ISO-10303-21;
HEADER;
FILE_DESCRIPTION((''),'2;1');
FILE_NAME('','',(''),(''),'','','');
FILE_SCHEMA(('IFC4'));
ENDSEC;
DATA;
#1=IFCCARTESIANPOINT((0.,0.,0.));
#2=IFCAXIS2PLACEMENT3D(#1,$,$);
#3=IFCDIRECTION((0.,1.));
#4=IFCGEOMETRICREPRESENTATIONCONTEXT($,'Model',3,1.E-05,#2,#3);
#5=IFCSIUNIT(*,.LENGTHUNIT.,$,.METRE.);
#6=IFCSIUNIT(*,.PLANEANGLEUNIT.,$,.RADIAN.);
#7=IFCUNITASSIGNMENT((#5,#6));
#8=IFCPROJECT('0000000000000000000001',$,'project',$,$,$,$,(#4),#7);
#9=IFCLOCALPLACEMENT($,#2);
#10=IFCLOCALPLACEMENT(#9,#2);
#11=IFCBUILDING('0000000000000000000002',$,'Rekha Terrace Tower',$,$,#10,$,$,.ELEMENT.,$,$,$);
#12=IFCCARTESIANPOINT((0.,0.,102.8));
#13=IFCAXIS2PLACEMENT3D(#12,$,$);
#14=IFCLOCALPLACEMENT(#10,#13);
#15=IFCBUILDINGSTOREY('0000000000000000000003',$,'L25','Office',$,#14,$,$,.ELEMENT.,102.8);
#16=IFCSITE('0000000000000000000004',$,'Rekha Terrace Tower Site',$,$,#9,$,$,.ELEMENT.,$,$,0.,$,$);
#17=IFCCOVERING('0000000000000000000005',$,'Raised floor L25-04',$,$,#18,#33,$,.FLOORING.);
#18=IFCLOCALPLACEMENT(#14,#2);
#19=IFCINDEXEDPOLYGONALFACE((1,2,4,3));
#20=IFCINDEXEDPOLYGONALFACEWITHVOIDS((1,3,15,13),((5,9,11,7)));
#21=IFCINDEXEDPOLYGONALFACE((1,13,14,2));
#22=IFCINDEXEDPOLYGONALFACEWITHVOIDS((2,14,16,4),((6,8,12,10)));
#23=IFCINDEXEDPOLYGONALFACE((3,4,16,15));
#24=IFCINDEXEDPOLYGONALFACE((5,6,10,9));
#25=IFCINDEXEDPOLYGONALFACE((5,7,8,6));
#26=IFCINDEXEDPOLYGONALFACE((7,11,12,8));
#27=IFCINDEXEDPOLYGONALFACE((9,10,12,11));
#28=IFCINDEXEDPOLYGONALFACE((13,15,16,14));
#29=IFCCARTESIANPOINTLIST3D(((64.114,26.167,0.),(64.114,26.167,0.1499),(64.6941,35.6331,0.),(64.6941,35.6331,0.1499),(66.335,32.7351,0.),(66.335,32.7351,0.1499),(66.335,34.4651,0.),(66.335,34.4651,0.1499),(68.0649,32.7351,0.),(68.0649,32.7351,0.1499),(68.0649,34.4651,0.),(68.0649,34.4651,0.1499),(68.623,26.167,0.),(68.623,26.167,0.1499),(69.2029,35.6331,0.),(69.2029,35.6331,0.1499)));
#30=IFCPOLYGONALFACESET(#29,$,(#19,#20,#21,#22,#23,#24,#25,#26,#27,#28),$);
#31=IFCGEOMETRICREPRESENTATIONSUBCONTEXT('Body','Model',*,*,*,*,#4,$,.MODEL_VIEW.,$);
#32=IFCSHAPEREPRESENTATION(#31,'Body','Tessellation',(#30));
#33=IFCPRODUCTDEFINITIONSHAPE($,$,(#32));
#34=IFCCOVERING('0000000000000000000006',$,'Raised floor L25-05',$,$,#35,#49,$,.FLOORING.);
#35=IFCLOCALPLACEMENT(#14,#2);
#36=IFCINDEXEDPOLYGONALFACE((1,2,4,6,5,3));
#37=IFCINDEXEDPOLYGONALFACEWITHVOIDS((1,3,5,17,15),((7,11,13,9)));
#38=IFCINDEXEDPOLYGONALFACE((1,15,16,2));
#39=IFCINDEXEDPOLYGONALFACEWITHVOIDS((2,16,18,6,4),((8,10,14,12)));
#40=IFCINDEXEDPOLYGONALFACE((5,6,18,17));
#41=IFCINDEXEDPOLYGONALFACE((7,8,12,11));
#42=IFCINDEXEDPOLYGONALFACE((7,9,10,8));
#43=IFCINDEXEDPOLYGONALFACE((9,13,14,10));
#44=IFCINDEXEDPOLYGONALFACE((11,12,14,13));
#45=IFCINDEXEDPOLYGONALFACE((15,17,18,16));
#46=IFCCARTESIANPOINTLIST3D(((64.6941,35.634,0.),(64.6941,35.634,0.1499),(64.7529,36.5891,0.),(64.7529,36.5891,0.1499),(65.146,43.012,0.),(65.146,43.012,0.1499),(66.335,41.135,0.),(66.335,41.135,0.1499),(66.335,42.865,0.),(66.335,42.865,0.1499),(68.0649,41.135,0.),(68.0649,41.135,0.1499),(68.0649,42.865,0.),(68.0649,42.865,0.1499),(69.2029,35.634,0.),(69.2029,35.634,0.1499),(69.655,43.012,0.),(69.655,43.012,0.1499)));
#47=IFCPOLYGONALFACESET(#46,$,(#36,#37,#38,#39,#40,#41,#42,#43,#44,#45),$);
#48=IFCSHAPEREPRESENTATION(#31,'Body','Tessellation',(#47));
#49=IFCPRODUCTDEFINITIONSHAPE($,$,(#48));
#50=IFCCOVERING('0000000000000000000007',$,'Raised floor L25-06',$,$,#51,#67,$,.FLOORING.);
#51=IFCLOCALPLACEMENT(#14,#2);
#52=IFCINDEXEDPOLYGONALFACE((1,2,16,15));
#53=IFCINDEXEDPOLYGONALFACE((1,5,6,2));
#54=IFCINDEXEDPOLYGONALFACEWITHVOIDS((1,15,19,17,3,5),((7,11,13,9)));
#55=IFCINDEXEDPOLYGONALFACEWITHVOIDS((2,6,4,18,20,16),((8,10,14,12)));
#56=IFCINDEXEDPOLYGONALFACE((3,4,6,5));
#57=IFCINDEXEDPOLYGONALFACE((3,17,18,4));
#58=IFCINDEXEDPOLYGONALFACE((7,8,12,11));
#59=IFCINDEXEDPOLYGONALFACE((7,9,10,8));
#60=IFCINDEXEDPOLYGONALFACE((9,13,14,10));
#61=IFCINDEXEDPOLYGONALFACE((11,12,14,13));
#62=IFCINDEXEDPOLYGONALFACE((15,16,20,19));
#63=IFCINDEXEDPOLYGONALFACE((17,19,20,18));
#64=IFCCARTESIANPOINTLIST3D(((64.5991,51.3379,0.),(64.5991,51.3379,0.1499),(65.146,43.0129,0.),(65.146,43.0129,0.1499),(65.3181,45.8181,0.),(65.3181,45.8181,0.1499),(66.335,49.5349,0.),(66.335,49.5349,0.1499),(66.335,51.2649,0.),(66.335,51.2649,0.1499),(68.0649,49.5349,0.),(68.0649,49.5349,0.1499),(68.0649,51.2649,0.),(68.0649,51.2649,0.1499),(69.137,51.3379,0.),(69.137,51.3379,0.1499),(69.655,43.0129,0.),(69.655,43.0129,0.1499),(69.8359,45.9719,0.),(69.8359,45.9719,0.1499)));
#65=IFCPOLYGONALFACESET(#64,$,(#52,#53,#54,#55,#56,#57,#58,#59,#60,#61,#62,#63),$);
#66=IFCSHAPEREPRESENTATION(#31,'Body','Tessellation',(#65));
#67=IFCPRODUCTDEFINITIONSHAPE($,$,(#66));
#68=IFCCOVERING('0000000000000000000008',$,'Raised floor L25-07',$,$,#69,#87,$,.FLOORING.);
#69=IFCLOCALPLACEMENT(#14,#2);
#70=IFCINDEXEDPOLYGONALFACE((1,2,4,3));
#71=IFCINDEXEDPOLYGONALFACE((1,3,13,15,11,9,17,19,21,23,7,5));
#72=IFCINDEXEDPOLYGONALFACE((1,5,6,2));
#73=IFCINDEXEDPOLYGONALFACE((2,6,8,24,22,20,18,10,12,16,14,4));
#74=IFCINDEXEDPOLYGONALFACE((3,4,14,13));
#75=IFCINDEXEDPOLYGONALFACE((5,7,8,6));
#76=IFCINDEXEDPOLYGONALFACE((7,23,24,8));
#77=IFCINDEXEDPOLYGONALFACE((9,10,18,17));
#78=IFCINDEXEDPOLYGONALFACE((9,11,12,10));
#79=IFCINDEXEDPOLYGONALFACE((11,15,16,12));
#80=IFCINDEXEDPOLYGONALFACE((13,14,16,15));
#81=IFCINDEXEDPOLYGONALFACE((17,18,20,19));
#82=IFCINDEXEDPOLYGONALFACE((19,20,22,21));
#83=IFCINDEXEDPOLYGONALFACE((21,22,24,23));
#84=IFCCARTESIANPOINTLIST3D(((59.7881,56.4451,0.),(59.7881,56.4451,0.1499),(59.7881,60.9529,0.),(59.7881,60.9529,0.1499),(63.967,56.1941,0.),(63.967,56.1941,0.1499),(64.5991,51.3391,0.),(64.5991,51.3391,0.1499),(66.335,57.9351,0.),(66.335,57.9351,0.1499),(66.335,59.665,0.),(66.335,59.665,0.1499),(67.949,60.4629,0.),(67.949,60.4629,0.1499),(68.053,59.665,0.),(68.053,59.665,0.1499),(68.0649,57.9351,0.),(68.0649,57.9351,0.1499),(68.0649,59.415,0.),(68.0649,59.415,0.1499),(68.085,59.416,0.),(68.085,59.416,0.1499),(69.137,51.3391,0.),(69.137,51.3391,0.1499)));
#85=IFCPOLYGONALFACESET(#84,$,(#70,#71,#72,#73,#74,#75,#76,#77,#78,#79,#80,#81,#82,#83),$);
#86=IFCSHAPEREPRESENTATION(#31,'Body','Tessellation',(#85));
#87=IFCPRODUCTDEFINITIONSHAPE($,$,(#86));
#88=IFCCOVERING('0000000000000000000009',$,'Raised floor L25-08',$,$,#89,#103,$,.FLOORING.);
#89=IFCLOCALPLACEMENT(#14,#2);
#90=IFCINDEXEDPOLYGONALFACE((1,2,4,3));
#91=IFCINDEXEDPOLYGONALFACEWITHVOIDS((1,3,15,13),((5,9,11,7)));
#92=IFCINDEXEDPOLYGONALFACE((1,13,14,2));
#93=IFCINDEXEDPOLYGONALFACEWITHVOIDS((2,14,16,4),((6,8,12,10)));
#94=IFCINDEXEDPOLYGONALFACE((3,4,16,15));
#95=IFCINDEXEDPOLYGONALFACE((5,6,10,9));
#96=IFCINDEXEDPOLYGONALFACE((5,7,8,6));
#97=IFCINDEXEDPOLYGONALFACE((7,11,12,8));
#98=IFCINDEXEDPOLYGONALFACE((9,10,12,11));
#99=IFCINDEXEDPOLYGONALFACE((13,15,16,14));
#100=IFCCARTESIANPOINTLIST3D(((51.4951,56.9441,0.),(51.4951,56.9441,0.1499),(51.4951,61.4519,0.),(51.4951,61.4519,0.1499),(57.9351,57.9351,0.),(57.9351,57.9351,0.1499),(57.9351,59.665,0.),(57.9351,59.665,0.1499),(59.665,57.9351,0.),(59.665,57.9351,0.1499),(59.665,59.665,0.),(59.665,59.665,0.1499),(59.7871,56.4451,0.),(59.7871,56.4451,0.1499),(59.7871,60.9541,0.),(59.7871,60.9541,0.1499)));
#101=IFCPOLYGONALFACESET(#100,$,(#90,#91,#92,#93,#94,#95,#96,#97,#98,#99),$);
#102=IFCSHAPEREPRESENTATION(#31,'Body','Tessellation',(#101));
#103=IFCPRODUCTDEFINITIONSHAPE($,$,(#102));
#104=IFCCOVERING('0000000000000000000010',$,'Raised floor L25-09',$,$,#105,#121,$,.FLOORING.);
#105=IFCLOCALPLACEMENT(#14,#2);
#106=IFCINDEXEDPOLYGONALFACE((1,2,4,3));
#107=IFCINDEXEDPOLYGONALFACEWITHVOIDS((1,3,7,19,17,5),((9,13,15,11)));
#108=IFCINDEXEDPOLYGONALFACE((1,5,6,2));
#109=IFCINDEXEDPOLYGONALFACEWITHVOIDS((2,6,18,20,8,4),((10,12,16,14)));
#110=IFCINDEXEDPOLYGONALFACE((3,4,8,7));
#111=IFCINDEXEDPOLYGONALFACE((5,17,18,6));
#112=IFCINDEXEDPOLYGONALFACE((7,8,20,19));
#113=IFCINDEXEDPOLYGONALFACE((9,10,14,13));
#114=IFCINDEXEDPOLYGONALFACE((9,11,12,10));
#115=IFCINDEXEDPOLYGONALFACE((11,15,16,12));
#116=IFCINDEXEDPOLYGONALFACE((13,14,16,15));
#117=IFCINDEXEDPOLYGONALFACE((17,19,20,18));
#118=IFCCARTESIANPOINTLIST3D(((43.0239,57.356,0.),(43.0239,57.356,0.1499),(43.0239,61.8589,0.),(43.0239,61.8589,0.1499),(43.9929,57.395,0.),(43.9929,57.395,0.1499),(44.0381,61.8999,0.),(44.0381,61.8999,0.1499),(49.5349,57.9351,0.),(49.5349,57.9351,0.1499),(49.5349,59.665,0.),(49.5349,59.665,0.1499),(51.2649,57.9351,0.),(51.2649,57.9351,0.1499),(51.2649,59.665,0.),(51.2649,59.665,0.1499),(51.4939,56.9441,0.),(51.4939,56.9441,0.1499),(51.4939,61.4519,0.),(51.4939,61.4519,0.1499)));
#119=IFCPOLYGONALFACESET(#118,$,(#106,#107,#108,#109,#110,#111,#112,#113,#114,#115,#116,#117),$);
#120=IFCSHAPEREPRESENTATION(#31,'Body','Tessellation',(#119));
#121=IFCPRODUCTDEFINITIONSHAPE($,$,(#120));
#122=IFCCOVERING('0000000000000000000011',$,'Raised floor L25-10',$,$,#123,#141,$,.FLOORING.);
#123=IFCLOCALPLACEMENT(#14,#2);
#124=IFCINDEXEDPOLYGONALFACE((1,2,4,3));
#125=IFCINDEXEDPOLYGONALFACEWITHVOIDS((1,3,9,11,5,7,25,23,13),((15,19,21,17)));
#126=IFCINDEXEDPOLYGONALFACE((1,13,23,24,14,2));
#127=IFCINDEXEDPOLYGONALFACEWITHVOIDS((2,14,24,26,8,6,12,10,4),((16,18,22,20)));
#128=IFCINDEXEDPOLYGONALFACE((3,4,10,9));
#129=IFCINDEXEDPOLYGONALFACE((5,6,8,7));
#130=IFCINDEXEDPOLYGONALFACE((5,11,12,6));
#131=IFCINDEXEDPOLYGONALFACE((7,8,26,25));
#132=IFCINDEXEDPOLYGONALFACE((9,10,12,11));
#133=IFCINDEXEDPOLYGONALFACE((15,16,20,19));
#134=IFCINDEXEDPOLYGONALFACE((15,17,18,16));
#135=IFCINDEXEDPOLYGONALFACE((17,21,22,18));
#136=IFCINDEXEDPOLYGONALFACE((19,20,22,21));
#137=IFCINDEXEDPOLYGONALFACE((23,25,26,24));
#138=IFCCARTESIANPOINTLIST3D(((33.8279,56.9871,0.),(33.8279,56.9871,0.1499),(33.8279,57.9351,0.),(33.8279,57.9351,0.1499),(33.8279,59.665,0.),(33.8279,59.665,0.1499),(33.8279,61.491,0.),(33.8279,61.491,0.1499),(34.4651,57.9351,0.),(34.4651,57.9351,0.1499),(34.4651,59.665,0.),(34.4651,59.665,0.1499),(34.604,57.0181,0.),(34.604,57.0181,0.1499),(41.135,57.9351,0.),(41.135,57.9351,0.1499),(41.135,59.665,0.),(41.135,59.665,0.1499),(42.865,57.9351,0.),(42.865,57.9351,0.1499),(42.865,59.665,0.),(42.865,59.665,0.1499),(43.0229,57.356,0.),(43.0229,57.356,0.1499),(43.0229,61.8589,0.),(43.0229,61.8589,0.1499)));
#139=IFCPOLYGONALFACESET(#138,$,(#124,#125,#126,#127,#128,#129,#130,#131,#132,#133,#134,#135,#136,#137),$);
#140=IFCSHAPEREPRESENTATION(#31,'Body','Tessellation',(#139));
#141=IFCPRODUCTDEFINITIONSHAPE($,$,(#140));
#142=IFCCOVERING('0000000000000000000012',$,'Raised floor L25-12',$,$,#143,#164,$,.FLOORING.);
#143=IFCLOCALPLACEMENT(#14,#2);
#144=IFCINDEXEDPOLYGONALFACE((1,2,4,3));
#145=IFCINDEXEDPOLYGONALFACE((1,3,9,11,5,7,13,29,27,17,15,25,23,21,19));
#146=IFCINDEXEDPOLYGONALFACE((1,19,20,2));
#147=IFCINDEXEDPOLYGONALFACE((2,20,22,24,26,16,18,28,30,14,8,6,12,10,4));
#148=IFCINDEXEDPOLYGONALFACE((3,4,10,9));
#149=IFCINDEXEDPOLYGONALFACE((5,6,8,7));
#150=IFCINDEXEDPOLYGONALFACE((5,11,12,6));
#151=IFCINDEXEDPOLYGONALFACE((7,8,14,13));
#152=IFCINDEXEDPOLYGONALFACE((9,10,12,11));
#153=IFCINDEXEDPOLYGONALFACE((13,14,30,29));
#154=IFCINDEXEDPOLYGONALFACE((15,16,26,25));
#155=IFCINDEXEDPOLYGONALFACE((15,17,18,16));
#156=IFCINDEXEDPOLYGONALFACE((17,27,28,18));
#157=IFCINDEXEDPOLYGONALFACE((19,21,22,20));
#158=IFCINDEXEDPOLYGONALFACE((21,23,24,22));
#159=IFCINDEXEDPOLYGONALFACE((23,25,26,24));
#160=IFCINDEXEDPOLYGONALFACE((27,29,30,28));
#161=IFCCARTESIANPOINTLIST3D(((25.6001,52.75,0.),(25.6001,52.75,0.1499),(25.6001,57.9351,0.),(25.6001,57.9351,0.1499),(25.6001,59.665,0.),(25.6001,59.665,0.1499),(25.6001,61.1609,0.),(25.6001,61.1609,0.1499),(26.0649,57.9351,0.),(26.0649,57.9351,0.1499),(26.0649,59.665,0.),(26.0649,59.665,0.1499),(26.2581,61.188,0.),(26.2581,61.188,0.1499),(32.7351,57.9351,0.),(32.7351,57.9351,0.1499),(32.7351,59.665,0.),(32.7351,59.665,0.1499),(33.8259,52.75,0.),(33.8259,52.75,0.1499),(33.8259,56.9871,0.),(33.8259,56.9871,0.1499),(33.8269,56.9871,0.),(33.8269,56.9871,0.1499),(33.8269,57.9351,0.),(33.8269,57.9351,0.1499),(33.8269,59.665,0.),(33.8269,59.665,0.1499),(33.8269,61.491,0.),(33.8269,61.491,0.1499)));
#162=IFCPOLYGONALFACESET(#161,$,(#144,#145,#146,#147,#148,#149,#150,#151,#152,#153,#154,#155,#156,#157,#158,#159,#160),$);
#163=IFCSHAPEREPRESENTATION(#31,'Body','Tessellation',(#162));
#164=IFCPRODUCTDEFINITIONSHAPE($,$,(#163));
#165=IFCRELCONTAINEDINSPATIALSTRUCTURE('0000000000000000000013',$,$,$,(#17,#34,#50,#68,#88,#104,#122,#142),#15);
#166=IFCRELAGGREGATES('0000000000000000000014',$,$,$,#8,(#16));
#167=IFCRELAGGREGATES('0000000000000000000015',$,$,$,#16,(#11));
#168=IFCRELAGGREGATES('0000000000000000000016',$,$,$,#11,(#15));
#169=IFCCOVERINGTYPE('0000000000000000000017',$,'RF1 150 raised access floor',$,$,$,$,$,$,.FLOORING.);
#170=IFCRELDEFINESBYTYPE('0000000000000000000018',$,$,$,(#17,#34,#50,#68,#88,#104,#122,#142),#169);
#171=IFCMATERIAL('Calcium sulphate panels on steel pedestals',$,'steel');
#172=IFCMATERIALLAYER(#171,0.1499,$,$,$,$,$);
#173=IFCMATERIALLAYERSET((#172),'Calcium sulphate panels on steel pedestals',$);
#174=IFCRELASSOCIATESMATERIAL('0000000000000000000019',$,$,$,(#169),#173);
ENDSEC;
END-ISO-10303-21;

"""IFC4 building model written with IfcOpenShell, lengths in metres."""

from ifc_helpers import new_model, si_unit, direction, frame, origin, place, context, subcontext, project, spatial, polyline, outline, extrude, material, layer, layer_set, type_object, element, save


model = new_model("IFC4")

# Units and contexts
model_context = context("Model", 3, precision=1e-05, world=origin(), true_north=direction((0.0, 1.0)))
body_context = subcontext(model_context, "Body", "Model", "MODEL_VIEW")
ifc_project = project(units=[si_unit("LENGTHUNIT", "METRE"), si_unit("PLANEANGLEUNIT", "RADIAN")], contexts=[model_context])

# Site, building, storey
site_placement = place(None, origin())
site = spatial("IfcSite", under=ifc_project, at=site_placement, Name="Rekha Terrace Tower Site", CompositionType="ELEMENT", RefElevation=0.0)
building_placement = place(site_placement, origin())
building = spatial("IfcBuilding", under=site, at=building_placement, Name="Rekha Terrace Tower", CompositionType="ELEMENT")
storey_placement = place(building_placement, frame((0.0, 0.0, 102.8)))
storey = spatial("IfcBuildingStorey", under=building, at=storey_placement, Name="L25", Description="Office", CompositionType="ELEMENT", Elevation=102.8)

# Coverings
ifc_material_1 = material(Name="Calcium sulphate panels on steel pedestals", Category="steel")
ifc_layer_1 = layer(ifc_material_1, 0.1499)
ifc_layer_set_1 = layer_set([ifc_layer_1], Name="Calcium sulphate panels on steel pedestals")
covering_type_1 = type_object("IfcCoveringType", Name="RF1 150 raised access floor", PredefinedType="FLOORING", material=ifc_layer_set_1)
covering_1_placement = place(storey_placement, origin())
element("IfcCovering", 1, at=covering_1_placement, inside=storey, type_object=covering_type_1, Name="Raised floor L25-04", PredefinedType="FLOORING", context=body_context, shape_type="SweptSolid", body=[
    extrude(outline(polyline([(64.114, 26.167), (68.623, 26.167), (69.2029, 35.6331), (64.6941, 35.6331), (64.114, 26.167)]), holes=[polyline([(68.0649, 34.4651), (68.0649, 32.7351), (66.335, 32.7351), (66.335, 34.4651), (68.0649, 34.4651)])]), origin(), (0.0, 0.0, 1.0), 0.1499),
])
covering_2_placement = place(storey_placement, origin())
element("IfcCovering", 2, at=covering_2_placement, inside=storey, type_object=covering_type_1, Name="Raised floor L25-05", PredefinedType="FLOORING", context=body_context, shape_type="SweptSolid", body=[
    extrude(outline(polyline([(69.655, 43.012), (65.146, 43.012), (64.7529, 36.5891), (64.6941, 35.634), (69.2029, 35.634), (69.655, 43.012)]), holes=[polyline([(68.0649, 41.135), (66.335, 41.135), (66.335, 42.865), (68.0649, 42.865), (68.0649, 41.135)])]), origin(), (0.0, 0.0, 1.0), 0.1499),
])
covering_3_placement = place(storey_placement, origin())
element("IfcCovering", 3, at=covering_3_placement, inside=storey, type_object=covering_type_1, Name="Raised floor L25-06", PredefinedType="FLOORING", context=body_context, shape_type="SweptSolid", body=[
    extrude(outline(polyline([(69.8359, 45.9719), (69.137, 51.3379), (64.5991, 51.3379), (65.3181, 45.8181), (65.146, 43.0129), (69.655, 43.0129), (69.8359, 45.9719)]), holes=[polyline([(68.0649, 49.5349), (66.335, 49.5349), (66.335, 51.2649), (68.0649, 51.2649), (68.0649, 49.5349)])]), origin(), (0.0, 0.0, 1.0), 0.1499),
])
covering_4_placement = place(storey_placement, origin())
element("IfcCovering", 4, at=covering_4_placement, inside=storey, type_object=covering_type_1, Name="Raised floor L25-07", PredefinedType="FLOORING", context=body_context, shape_type="SweptSolid", body=[
    extrude(outline(polyline([(67.949, 60.4629), (59.7881, 60.9529), (59.7881, 56.4451), (63.967, 56.1941), (64.5991, 51.3391), (69.137, 51.3391), (68.085, 59.416), (68.0649, 59.415), (68.0649, 57.9351), (66.335, 57.9351), (66.335, 59.665), (68.053, 59.665), (67.949, 60.4629)])), origin(), (0.0, 0.0, 1.0), 0.1499),
])
covering_5_placement = place(storey_placement, origin())
element("IfcCovering", 5, at=covering_5_placement, inside=storey, type_object=covering_type_1, Name="Raised floor L25-08", PredefinedType="FLOORING", context=body_context, shape_type="SweptSolid", body=[
    extrude(outline(polyline([(59.7871, 56.4451), (59.7871, 60.9541), (51.4951, 61.4519), (51.4951, 56.9441), (59.7871, 56.4451)]), holes=[polyline([(59.665, 57.9351), (57.9351, 57.9351), (57.9351, 59.665), (59.665, 59.665), (59.665, 57.9351)])]), origin(), (0.0, 0.0, 1.0), 0.1499),
])
covering_6_placement = place(storey_placement, origin())
element("IfcCovering", 6, at=covering_6_placement, inside=storey, type_object=covering_type_1, Name="Raised floor L25-09", PredefinedType="FLOORING", context=body_context, shape_type="SweptSolid", body=[
    extrude(outline(polyline([(44.0381, 61.8999), (43.0239, 61.8589), (43.0239, 57.356), (43.9929, 57.395), (51.4939, 56.9441), (51.4939, 61.4519), (44.0381, 61.8999)]), holes=[polyline([(51.2649, 57.9351), (49.5349, 57.9351), (49.5349, 59.665), (51.2649, 59.665), (51.2649, 57.9351)])]), origin(), (0.0, 0.0, 1.0), 0.1499),
])
covering_7_placement = place(storey_placement, origin())
element("IfcCovering", 7, at=covering_7_placement, inside=storey, type_object=covering_type_1, Name="Raised floor L25-10", PredefinedType="FLOORING", context=body_context, shape_type="SweptSolid", body=[
    extrude(outline(polyline([(34.4651, 57.9351), (33.8279, 57.9351), (33.8279, 56.9871), (34.604, 57.0181), (43.0229, 57.356), (43.0229, 61.8589), (33.8279, 61.491), (33.8279, 59.665), (34.4651, 59.665), (34.4651, 57.9351)]), holes=[polyline([(42.865, 57.9351), (41.135, 57.9351), (41.135, 59.665), (42.865, 59.665), (42.865, 57.9351)])]), origin(), (0.0, 0.0, 1.0), 0.1499),
])
covering_8_placement = place(storey_placement, origin())
element("IfcCovering", 8, at=covering_8_placement, inside=storey, type_object=covering_type_1, Name="Raised floor L25-12", PredefinedType="FLOORING", context=body_context, shape_type="SweptSolid", body=[
    extrude(outline(polyline([(25.6001, 52.75), (33.8259, 52.75), (33.8259, 56.9871), (33.8269, 56.9871), (33.8269, 57.9351), (32.7351, 57.9351), (32.7351, 59.665), (33.8269, 59.665), (33.8269, 61.491), (26.2581, 61.188), (25.6001, 61.1609), (25.6001, 59.665), (26.0649, 59.665), (26.0649, 57.9351), (25.6001, 57.9351), (25.6001, 52.75)])), origin(), (0.0, 0.0, 1.0), 0.1499),
])

save(model, "model.ifc")
